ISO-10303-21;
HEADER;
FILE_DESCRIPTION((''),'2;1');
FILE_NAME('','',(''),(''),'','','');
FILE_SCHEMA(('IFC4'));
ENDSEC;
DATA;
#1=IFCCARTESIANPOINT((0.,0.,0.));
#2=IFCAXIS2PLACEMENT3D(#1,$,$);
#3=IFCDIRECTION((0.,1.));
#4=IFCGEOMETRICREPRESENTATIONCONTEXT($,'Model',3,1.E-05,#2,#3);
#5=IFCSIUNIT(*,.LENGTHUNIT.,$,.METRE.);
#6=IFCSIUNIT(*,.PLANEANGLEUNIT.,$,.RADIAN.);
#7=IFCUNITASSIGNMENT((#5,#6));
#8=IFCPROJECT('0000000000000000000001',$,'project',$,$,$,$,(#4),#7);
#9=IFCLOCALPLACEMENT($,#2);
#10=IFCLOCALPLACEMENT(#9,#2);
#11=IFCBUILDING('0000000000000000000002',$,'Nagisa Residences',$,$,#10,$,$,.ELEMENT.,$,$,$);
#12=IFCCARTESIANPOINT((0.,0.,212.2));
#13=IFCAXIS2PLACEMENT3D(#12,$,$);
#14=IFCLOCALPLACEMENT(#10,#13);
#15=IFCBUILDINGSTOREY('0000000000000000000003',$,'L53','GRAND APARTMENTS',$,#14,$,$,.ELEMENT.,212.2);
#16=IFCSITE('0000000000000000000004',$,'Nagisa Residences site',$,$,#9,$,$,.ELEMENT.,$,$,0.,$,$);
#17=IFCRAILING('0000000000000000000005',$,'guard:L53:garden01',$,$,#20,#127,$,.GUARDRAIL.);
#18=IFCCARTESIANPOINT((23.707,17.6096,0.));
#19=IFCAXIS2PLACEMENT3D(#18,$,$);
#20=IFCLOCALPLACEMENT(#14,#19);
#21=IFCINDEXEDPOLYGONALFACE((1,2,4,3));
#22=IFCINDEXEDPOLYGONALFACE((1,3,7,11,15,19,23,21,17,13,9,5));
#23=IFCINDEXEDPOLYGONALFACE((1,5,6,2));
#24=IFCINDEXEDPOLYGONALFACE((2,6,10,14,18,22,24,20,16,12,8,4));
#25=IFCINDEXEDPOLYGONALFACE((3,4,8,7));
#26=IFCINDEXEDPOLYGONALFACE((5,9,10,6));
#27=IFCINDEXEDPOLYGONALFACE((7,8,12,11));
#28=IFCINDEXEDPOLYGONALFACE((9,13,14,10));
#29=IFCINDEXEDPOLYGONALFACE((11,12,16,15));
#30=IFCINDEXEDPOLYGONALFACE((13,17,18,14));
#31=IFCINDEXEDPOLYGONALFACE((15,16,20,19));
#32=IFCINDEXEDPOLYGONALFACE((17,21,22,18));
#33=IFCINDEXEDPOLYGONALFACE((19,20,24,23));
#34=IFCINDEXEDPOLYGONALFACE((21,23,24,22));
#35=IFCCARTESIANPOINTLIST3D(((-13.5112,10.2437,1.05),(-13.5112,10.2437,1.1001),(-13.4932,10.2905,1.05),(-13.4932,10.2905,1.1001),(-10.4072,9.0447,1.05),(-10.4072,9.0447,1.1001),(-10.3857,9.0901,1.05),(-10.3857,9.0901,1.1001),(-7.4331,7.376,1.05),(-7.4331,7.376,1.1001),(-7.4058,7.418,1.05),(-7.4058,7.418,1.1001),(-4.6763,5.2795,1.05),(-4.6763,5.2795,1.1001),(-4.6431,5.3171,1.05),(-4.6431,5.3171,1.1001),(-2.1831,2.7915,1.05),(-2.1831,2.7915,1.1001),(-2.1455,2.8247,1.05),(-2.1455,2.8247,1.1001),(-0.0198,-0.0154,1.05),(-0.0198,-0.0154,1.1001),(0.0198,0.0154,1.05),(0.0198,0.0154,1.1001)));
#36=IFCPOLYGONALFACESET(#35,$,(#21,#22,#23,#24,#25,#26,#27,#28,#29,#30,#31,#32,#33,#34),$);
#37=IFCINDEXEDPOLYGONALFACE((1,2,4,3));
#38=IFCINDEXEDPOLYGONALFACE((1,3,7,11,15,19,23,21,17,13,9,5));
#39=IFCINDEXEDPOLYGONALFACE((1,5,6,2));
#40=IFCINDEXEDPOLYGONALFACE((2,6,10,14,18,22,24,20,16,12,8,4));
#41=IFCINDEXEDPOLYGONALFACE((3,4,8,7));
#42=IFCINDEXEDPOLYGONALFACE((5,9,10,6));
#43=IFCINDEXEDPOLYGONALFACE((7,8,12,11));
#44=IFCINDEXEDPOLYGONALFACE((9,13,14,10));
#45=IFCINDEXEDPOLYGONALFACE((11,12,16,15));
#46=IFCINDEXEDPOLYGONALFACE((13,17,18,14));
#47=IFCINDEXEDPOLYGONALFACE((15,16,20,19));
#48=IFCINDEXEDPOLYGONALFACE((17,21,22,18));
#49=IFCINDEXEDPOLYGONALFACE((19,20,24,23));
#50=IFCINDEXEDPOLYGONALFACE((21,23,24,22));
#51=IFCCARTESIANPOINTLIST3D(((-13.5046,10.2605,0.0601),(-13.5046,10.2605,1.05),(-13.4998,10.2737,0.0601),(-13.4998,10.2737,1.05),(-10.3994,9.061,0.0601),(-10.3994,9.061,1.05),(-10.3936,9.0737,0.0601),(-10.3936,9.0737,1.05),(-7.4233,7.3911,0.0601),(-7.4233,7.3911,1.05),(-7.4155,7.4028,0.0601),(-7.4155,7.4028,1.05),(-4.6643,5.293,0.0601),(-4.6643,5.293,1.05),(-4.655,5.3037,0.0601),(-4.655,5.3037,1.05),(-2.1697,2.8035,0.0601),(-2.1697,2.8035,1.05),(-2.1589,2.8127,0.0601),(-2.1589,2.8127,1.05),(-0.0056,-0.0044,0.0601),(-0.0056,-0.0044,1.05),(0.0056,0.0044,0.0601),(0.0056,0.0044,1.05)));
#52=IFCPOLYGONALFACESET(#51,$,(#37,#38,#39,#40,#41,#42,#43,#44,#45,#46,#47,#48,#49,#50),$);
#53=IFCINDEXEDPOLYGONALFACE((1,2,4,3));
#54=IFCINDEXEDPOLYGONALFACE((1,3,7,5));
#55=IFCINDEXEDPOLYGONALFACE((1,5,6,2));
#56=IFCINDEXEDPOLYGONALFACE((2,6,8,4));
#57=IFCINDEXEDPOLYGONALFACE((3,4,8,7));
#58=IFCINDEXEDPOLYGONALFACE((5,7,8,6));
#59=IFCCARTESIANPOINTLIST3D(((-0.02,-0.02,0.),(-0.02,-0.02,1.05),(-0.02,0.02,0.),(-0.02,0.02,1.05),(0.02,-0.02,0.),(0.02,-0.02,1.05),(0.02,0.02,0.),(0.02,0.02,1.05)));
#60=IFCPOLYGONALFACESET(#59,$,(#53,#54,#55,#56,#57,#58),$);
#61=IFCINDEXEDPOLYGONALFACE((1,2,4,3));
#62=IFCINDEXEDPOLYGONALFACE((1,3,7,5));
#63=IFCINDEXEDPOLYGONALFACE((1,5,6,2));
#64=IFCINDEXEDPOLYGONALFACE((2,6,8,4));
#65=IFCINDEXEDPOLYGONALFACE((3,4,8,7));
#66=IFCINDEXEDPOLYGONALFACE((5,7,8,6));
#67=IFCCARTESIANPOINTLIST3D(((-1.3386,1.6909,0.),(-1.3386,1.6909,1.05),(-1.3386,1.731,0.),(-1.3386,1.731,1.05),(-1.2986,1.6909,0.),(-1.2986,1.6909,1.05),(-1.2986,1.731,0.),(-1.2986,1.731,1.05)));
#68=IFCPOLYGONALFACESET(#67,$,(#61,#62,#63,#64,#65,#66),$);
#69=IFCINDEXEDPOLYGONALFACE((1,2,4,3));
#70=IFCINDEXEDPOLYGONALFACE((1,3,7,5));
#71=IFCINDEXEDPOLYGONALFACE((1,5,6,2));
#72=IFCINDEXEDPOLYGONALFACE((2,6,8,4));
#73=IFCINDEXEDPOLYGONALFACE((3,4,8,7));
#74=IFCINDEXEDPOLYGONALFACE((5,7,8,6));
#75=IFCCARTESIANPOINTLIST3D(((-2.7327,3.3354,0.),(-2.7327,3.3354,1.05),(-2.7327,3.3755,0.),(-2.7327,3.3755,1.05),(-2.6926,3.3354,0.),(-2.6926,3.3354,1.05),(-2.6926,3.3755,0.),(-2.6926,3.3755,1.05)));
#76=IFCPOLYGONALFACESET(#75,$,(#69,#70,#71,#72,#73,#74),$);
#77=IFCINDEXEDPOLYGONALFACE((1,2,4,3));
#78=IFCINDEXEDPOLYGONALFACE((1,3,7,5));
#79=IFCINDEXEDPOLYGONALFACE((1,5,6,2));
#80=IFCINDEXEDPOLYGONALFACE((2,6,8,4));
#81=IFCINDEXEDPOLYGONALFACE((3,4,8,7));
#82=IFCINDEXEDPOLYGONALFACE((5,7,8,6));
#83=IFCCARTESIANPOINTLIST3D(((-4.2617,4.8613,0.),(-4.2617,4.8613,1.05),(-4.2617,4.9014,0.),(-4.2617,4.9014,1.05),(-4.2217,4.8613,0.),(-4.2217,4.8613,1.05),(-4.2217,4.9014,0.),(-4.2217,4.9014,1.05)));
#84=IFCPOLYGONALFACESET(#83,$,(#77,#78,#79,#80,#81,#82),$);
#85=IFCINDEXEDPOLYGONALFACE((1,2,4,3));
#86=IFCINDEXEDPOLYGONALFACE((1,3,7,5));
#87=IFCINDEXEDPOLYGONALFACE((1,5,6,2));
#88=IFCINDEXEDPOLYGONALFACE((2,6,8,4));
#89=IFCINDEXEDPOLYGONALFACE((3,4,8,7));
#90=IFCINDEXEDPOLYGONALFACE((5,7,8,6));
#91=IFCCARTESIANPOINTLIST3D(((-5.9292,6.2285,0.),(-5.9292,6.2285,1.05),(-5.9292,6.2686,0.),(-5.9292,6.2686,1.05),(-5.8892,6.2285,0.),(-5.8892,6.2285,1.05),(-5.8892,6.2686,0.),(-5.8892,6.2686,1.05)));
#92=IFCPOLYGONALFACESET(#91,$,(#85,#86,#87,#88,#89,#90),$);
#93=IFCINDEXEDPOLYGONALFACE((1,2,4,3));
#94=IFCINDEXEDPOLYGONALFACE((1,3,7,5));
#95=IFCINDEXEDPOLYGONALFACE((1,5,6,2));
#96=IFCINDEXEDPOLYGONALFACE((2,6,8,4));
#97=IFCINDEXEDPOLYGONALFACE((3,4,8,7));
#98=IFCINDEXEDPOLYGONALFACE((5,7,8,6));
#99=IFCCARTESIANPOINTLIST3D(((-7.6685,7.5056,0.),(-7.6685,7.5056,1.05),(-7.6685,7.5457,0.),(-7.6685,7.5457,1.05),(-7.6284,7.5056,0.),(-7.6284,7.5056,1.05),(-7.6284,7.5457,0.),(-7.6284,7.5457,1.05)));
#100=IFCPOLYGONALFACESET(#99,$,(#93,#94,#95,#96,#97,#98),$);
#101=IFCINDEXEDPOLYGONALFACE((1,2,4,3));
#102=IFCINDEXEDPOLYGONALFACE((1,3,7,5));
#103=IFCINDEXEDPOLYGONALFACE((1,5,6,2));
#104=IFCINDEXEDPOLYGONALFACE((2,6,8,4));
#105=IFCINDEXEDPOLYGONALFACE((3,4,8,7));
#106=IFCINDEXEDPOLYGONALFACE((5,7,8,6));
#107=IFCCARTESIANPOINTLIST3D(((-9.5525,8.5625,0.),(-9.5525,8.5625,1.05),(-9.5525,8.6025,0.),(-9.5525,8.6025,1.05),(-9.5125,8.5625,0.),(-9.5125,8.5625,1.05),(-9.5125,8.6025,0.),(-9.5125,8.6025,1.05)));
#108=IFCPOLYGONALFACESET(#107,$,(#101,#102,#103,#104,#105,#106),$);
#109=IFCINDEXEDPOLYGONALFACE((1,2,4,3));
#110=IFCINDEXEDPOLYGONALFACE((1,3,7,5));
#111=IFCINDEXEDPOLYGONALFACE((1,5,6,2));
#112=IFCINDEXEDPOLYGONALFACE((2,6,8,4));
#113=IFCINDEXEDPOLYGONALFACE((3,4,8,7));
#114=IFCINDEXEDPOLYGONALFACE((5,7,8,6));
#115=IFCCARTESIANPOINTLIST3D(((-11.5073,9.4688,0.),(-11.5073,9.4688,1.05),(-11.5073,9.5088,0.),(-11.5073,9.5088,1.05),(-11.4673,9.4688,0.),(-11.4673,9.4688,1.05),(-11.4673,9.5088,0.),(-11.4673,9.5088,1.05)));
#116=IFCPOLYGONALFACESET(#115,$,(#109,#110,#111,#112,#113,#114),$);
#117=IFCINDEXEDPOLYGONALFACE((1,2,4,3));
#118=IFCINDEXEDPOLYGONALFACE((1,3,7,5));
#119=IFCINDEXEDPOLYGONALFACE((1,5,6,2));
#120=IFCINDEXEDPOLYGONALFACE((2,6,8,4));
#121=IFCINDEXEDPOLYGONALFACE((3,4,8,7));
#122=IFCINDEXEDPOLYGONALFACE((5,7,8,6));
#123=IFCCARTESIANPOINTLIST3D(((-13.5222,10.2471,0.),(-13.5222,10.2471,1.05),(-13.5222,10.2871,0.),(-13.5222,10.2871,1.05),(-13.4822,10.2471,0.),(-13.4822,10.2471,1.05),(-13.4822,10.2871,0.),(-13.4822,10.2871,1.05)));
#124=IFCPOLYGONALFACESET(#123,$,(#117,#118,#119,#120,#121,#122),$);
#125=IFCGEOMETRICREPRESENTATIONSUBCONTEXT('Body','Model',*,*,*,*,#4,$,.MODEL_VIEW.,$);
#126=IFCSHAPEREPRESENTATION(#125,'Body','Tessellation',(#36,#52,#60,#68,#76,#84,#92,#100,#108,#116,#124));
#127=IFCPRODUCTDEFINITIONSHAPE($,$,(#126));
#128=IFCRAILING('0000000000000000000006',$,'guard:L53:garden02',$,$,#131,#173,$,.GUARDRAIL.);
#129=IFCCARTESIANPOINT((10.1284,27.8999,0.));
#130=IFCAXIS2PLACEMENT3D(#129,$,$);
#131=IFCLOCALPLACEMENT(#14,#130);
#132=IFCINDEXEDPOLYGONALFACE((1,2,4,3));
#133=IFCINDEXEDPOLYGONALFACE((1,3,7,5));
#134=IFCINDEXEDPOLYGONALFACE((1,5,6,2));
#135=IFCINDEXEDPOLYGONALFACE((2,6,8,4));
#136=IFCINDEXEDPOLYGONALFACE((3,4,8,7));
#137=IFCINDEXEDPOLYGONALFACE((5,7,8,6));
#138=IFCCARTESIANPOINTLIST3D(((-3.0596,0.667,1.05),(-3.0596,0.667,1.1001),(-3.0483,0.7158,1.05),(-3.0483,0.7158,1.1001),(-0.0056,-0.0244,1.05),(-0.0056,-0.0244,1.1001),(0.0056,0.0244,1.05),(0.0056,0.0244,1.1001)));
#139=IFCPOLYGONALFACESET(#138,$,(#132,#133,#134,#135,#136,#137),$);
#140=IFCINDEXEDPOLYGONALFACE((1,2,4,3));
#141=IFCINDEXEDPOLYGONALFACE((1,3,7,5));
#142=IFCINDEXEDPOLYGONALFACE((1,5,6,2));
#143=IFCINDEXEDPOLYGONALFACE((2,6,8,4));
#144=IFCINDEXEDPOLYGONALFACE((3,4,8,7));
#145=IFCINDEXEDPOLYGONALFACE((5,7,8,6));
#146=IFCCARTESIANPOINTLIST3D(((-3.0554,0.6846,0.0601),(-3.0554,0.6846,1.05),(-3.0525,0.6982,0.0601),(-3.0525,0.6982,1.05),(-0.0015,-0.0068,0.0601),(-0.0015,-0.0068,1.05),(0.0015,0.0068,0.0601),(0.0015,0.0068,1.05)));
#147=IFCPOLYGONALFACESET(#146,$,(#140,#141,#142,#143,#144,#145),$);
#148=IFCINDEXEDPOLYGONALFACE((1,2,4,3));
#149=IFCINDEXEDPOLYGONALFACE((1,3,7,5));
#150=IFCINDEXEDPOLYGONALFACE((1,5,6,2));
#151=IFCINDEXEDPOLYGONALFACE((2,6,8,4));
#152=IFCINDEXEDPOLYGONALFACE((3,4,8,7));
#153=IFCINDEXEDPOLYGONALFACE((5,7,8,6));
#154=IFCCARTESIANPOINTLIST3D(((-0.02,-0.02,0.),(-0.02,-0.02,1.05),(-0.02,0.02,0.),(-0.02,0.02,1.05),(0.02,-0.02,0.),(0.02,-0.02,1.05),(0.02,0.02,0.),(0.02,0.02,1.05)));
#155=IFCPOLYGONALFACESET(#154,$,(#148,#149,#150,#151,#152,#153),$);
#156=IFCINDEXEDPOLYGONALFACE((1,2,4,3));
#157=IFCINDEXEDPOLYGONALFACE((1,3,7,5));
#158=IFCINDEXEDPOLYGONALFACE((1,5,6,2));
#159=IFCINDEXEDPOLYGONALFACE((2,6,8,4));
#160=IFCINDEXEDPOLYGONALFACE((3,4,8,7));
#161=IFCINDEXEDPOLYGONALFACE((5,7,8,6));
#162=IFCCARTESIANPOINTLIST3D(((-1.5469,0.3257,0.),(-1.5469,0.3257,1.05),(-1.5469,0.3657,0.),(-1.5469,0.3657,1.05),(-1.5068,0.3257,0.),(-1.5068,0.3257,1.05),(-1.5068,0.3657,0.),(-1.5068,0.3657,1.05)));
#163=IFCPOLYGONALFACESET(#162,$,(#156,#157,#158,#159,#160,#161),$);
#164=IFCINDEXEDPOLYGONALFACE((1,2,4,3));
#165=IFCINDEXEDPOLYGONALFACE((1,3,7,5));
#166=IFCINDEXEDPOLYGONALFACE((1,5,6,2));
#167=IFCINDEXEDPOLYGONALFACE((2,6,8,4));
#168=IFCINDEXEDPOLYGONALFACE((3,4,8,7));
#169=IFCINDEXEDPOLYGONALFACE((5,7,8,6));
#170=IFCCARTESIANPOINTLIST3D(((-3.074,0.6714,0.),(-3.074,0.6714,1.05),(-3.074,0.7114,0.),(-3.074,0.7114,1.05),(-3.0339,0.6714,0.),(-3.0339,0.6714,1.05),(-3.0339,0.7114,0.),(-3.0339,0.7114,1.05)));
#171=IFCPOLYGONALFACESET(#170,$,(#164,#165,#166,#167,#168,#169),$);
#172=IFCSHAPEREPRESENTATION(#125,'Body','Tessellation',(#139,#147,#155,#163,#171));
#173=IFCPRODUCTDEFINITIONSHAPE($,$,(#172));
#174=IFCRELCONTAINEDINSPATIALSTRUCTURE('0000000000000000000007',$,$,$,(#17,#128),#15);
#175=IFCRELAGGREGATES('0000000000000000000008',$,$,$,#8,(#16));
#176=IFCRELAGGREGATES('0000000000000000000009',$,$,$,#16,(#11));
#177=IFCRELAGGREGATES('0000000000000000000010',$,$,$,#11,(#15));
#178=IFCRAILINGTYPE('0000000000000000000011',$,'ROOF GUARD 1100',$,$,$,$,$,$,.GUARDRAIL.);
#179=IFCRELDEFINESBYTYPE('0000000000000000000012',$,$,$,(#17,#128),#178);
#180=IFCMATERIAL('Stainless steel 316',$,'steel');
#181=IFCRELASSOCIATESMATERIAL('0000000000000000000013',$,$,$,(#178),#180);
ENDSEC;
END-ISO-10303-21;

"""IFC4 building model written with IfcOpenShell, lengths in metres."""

from ifc_helpers import new_model, si_unit, direction, frame, origin, origin_2d, place, context, subcontext, project, spatial, polyline, rectangle, outline, extrude, material, type_object, element, save


model = new_model("IFC4")

# Units and contexts
model_context = context("Model", 3, precision=1e-05, world=origin(), true_north=direction((0.0, 1.0)))
body_context = subcontext(model_context, "Body", "Model", "MODEL_VIEW")
ifc_project = project(units=[si_unit("LENGTHUNIT", "METRE"), si_unit("PLANEANGLEUNIT", "RADIAN")], contexts=[model_context])

# Site, building, storey
site_placement = place(None, origin())
site = spatial("IfcSite", under=ifc_project, at=site_placement, Name="Nagisa Residences site", CompositionType="ELEMENT", RefElevation=0.0)
building_placement = place(site_placement, origin())
building = spatial("IfcBuilding", under=site, at=building_placement, Name="Nagisa Residences", CompositionType="ELEMENT")
storey_placement = place(building_placement, frame((0.0, 0.0, 212.2)))
storey = spatial("IfcBuildingStorey", under=building, at=storey_placement, Name="L53", Description="GRAND APARTMENTS", CompositionType="ELEMENT", Elevation=212.2)

# Railings
ifc_material_1 = material(Name="Stainless steel 316", Category="steel")
railing_type_1 = type_object("IfcRailingType", Name="ROOF GUARD 1100", PredefinedType="GUARDRAIL", material=ifc_material_1)
railing_1_placement = place(storey_placement, frame((23.707, 17.6096, 0.0)))
element("IfcRailing", 1, at=railing_1_placement, inside=storey, type_object=railing_type_1, Name="guard:L53:garden01", PredefinedType="GUARDRAIL", context=body_context, shape_type="SweptSolid", body=[
    extrude(outline(polyline([(-2.1831, 2.7915), (-0.0198, -0.0154), (0.0198, 0.0154), (-2.1455, 2.8247), (-4.6431, 5.3171), (-7.4058, 7.418), (-10.3857, 9.0901), (-13.4932, 10.2905), (-13.5112, 10.2437), (-10.4072, 9.0447), (-7.4331, 7.376), (-4.6763, 5.2795), (-2.1831, 2.7915)])), frame((0.0, 0.0, 1.05)), (0.0, 0.0, 1.0), 0.05),
    extrude(outline(polyline([(-2.1697, 2.8035), (-0.0056, -0.0044), (0.0056, 0.0044), (-2.1589, 2.8127), (-4.655, 5.3037), (-7.4155, 7.4028), (-10.3936, 9.0737), (-13.4998, 10.2737), (-13.5046, 10.2605), (-10.3994, 9.061), (-7.4233, 7.3911), (-4.6643, 5.293), (-2.1697, 2.8035)])), frame((0.0, 0.0, 0.0601)), (0.0, 0.0, 1.0), 0.99),
    extrude(rectangle(XDim=0.04, YDim=0.04, at=origin_2d()), origin(), (0.0, 0.0, 1.0), 1.05),
    extrude(rectangle(XDim=0.04, YDim=0.04, at=origin_2d()), frame((-1.3186, 1.7109, 0.0)), (0.0, 0.0, 1.0), 1.05),
    extrude(rectangle(XDim=0.04, YDim=0.04, at=origin_2d()), frame((-2.7126, 3.3555, 0.0)), (0.0, 0.0, 1.0), 1.05),
    extrude(rectangle(XDim=0.04, YDim=0.04, at=origin_2d()), frame((-4.2417, 4.8813, 0.0)), (0.0, 0.0, 1.0), 1.05),
    extrude(rectangle(XDim=0.04, YDim=0.04, at=origin_2d()), frame((-5.9092, 6.2485, 0.0)), (0.0, 0.0, 1.0), 1.05),
    extrude(rectangle(XDim=0.04, YDim=0.04, at=origin_2d()), frame((-7.6484, 7.5256, 0.0)), (0.0, 0.0, 1.0), 1.05),
    extrude(rectangle(XDim=0.04, YDim=0.04, at=origin_2d()), frame((-9.5325, 8.5825, 0.0)), (0.0, 0.0, 1.0), 1.05),
    extrude(rectangle(XDim=0.04, YDim=0.04, at=origin_2d()), frame((-11.4873, 9.4888, 0.0)), (0.0, 0.0, 1.0), 1.05),
    extrude(rectangle(XDim=0.04, YDim=0.04, at=origin_2d()), frame((-13.5022, 10.2671, 0.0)), (0.0, 0.0, 1.0), 1.05),
])
railing_2_placement = place(storey_placement, frame((10.1284, 27.8999, 0.0)))
element("IfcRailing", 2, at=railing_2_placement, inside=storey, type_object=railing_type_1, Name="guard:L53:garden02", PredefinedType="GUARDRAIL", context=body_context, shape_type="SweptSolid", body=[
    extrude(outline(polyline([(-3.0596, 0.667), (-0.0056, -0.0244), (0.0056, 0.0244), (-3.0483, 0.7158), (-3.0596, 0.667)])), frame((0.0, 0.0, 1.05)), (0.0, 0.0, 1.0), 0.05),
    extrude(outline(polyline([(-3.0554, 0.6846), (-0.0015, -0.0068), (0.0015, 0.0068), (-3.0525, 0.6982), (-3.0554, 0.6846)])), frame((0.0, 0.0, 0.0601)), (0.0, 0.0, 1.0), 0.99),
    extrude(rectangle(XDim=0.04, YDim=0.04, at=origin_2d()), origin(), (0.0, 0.0, 1.0), 1.05),
    extrude(rectangle(XDim=0.04, YDim=0.04, at=origin_2d()), frame((-1.5269, 0.3457, 0.0)), (0.0, 0.0, 1.0), 1.05),
    extrude(rectangle(XDim=0.04, YDim=0.04, at=origin_2d()), frame((-3.054, 0.6914, 0.0)), (0.0, 0.0, 1.0), 1.05),
])

save(model, "model.ifc")
